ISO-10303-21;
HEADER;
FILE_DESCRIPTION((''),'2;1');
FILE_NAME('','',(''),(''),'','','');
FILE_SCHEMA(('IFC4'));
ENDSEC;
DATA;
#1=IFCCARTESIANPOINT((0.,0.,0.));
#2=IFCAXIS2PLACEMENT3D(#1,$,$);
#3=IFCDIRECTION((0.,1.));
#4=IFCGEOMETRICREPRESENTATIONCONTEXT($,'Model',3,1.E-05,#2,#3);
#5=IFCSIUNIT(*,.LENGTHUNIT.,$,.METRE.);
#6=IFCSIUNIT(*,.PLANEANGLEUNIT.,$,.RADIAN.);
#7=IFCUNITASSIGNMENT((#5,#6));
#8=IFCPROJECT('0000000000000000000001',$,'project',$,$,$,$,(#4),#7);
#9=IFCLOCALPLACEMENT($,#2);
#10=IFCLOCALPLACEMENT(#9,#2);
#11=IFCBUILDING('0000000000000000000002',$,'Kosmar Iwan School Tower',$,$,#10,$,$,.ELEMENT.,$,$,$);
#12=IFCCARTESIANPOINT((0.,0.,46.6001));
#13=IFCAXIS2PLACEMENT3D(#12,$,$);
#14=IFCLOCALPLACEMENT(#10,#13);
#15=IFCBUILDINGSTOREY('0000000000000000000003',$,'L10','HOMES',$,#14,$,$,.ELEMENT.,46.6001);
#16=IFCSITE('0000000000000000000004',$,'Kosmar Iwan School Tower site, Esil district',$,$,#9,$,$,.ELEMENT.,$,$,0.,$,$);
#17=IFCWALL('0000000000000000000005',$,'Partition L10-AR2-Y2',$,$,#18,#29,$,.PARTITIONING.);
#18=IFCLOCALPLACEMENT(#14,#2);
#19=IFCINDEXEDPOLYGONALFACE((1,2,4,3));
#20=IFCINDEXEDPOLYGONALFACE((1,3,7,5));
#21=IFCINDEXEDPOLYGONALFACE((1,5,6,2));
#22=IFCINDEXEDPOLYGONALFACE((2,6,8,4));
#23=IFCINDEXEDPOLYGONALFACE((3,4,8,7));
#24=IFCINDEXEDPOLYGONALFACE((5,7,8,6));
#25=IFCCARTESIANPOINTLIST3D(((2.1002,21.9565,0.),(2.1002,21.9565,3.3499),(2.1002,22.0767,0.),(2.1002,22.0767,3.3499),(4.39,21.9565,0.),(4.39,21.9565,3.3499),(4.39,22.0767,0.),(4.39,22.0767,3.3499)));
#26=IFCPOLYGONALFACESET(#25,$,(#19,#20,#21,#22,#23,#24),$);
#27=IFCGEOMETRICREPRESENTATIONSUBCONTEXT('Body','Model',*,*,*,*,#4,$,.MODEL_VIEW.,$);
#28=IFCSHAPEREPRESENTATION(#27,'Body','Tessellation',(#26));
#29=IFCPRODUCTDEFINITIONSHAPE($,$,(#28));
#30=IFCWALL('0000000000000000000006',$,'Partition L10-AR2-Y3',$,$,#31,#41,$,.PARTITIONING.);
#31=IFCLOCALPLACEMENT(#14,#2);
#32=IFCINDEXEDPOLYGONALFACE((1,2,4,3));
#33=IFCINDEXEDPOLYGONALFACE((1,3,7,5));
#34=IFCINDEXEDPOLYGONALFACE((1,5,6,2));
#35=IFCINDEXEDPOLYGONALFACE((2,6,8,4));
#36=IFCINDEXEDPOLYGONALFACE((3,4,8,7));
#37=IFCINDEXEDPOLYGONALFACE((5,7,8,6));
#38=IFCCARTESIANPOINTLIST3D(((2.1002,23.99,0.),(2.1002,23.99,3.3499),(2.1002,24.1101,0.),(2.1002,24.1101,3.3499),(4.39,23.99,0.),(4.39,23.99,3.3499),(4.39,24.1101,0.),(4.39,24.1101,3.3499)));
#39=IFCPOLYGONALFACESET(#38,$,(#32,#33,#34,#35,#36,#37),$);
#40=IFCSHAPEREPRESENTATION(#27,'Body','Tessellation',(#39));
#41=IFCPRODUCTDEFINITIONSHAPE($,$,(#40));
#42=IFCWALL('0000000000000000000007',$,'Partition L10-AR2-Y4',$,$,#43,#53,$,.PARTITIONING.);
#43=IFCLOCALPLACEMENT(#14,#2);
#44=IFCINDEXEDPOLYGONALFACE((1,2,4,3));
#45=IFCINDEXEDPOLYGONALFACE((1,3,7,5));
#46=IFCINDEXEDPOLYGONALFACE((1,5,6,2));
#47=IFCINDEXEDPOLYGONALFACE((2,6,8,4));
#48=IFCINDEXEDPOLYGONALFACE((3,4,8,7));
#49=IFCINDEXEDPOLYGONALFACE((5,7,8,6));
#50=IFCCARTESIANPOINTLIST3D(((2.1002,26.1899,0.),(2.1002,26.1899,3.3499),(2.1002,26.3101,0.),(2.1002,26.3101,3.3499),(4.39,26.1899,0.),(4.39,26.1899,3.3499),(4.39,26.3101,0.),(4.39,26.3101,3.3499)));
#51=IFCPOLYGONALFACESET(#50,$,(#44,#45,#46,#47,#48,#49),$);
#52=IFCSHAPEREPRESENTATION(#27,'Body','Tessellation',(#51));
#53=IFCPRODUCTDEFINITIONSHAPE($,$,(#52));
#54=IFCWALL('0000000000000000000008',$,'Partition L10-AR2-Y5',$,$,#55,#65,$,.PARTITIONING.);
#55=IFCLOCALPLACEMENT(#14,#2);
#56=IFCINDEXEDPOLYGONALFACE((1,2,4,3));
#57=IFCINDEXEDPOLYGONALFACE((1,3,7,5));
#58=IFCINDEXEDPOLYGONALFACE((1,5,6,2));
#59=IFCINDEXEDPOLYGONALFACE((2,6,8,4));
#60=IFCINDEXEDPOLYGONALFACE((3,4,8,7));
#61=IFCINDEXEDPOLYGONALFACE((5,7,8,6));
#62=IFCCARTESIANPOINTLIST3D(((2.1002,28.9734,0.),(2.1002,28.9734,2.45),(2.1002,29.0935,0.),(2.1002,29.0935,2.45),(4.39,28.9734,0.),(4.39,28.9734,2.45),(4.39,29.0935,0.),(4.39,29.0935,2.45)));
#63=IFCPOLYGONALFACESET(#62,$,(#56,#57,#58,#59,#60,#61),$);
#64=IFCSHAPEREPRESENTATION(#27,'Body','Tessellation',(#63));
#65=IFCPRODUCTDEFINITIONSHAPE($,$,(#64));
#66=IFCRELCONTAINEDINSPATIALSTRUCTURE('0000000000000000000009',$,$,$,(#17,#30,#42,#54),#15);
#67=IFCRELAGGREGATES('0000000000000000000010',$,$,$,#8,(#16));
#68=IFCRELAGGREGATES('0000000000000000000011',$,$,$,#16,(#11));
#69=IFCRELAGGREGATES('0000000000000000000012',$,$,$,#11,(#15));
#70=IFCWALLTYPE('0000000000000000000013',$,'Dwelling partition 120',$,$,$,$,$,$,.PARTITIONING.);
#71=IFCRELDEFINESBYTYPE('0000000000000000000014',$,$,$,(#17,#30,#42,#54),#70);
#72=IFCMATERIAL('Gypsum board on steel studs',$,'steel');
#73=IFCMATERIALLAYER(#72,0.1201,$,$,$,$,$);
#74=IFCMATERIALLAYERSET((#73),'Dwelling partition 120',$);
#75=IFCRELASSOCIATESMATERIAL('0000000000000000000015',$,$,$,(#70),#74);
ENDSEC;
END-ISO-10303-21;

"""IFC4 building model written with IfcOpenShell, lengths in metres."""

from ifc_helpers import new_model, si_unit, direction, frame, frame_2d, origin, place, context, subcontext, project, spatial, rectangle, extrude, material, layer, layer_set, type_object, element, save


model = new_model("IFC4")

# Units and contexts
model_context = context("Model", 3, precision=1e-05, world=origin(), true_north=direction((0.0, 1.0)))
body_context = subcontext(model_context, "Body", "Model", "MODEL_VIEW")
ifc_project = project(units=[si_unit("LENGTHUNIT", "METRE"), si_unit("PLANEANGLEUNIT", "RADIAN")], contexts=[model_context])

# Site, building, storey
site_placement = place(None, origin())
site = spatial("IfcSite", under=ifc_project, at=site_placement, Name="Kosmar Iwan School Tower site, Esil district", CompositionType="ELEMENT", RefElevation=0.0)
building_placement = place(site_placement, origin())
building = spatial("IfcBuilding", under=site, at=building_placement, Name="Kosmar Iwan School Tower", CompositionType="ELEMENT")
storey_placement = place(building_placement, frame((0.0, 0.0, 46.6001)))
storey = spatial("IfcBuildingStorey", under=building, at=storey_placement, Name="L10", Description="HOMES", CompositionType="ELEMENT", Elevation=46.6001)

# Walls
ifc_material_1 = material(Name="Gypsum board on steel studs", Category="steel")
ifc_layer_1 = layer(ifc_material_1, 0.1201)
ifc_layer_set_1 = layer_set([ifc_layer_1], Name="Dwelling partition 120")
wall_type_1 = type_object("IfcWallType", Name="Dwelling partition 120", PredefinedType="PARTITIONING", material=ifc_layer_set_1)
for number, where, z_axis, x_axis, name in (
    (1, (2.1001, 22.0166, 0.0), (0.0, 0.0, 1.0), (1.0, 0.0, 0.0), "Partition L10-AR2-Y2"),
    (2, (2.1001, 24.05, 0.0), (0.0, 0.0, 1.0), (1.0, 0.0, 0.0), "Partition L10-AR2-Y3"),
    (3, (2.1001, 26.25, 0.0), (0.0, 0.0, 1.0), (1.0, 0.0, 0.0), "Partition L10-AR2-Y4"),
):
    element("IfcWall", number, at=place(storey_placement, frame(where, z_axis=z_axis, x_axis=x_axis)), inside=storey, type_object=wall_type_1, Name=name, PredefinedType="PARTITIONING", context=body_context, shape_type="SweptSolid", body=[
        extrude(rectangle(XDim=2.2898, YDim=0.1201, at=frame_2d((1.145, 0.0))), origin(), (0.0, 0.0, 1.0), 3.3499),
    ])
wall_1_placement = place(storey_placement, frame((2.1001, 29.0334, 0.0), z_axis=(0.0, 0.0, 1.0), x_axis=(1.0, 0.0, 0.0)))
element("IfcWall", 4, at=wall_1_placement, inside=storey, type_object=wall_type_1, Name="Partition L10-AR2-Y5", PredefinedType="PARTITIONING", context=body_context, shape_type="SweptSolid", body=[
    extrude(rectangle(XDim=2.2898, YDim=0.1201, at=frame_2d((1.145, 0.0))), origin(), (0.0, 0.0, 1.0), 2.45),
])

save(model, "model.ifc")
